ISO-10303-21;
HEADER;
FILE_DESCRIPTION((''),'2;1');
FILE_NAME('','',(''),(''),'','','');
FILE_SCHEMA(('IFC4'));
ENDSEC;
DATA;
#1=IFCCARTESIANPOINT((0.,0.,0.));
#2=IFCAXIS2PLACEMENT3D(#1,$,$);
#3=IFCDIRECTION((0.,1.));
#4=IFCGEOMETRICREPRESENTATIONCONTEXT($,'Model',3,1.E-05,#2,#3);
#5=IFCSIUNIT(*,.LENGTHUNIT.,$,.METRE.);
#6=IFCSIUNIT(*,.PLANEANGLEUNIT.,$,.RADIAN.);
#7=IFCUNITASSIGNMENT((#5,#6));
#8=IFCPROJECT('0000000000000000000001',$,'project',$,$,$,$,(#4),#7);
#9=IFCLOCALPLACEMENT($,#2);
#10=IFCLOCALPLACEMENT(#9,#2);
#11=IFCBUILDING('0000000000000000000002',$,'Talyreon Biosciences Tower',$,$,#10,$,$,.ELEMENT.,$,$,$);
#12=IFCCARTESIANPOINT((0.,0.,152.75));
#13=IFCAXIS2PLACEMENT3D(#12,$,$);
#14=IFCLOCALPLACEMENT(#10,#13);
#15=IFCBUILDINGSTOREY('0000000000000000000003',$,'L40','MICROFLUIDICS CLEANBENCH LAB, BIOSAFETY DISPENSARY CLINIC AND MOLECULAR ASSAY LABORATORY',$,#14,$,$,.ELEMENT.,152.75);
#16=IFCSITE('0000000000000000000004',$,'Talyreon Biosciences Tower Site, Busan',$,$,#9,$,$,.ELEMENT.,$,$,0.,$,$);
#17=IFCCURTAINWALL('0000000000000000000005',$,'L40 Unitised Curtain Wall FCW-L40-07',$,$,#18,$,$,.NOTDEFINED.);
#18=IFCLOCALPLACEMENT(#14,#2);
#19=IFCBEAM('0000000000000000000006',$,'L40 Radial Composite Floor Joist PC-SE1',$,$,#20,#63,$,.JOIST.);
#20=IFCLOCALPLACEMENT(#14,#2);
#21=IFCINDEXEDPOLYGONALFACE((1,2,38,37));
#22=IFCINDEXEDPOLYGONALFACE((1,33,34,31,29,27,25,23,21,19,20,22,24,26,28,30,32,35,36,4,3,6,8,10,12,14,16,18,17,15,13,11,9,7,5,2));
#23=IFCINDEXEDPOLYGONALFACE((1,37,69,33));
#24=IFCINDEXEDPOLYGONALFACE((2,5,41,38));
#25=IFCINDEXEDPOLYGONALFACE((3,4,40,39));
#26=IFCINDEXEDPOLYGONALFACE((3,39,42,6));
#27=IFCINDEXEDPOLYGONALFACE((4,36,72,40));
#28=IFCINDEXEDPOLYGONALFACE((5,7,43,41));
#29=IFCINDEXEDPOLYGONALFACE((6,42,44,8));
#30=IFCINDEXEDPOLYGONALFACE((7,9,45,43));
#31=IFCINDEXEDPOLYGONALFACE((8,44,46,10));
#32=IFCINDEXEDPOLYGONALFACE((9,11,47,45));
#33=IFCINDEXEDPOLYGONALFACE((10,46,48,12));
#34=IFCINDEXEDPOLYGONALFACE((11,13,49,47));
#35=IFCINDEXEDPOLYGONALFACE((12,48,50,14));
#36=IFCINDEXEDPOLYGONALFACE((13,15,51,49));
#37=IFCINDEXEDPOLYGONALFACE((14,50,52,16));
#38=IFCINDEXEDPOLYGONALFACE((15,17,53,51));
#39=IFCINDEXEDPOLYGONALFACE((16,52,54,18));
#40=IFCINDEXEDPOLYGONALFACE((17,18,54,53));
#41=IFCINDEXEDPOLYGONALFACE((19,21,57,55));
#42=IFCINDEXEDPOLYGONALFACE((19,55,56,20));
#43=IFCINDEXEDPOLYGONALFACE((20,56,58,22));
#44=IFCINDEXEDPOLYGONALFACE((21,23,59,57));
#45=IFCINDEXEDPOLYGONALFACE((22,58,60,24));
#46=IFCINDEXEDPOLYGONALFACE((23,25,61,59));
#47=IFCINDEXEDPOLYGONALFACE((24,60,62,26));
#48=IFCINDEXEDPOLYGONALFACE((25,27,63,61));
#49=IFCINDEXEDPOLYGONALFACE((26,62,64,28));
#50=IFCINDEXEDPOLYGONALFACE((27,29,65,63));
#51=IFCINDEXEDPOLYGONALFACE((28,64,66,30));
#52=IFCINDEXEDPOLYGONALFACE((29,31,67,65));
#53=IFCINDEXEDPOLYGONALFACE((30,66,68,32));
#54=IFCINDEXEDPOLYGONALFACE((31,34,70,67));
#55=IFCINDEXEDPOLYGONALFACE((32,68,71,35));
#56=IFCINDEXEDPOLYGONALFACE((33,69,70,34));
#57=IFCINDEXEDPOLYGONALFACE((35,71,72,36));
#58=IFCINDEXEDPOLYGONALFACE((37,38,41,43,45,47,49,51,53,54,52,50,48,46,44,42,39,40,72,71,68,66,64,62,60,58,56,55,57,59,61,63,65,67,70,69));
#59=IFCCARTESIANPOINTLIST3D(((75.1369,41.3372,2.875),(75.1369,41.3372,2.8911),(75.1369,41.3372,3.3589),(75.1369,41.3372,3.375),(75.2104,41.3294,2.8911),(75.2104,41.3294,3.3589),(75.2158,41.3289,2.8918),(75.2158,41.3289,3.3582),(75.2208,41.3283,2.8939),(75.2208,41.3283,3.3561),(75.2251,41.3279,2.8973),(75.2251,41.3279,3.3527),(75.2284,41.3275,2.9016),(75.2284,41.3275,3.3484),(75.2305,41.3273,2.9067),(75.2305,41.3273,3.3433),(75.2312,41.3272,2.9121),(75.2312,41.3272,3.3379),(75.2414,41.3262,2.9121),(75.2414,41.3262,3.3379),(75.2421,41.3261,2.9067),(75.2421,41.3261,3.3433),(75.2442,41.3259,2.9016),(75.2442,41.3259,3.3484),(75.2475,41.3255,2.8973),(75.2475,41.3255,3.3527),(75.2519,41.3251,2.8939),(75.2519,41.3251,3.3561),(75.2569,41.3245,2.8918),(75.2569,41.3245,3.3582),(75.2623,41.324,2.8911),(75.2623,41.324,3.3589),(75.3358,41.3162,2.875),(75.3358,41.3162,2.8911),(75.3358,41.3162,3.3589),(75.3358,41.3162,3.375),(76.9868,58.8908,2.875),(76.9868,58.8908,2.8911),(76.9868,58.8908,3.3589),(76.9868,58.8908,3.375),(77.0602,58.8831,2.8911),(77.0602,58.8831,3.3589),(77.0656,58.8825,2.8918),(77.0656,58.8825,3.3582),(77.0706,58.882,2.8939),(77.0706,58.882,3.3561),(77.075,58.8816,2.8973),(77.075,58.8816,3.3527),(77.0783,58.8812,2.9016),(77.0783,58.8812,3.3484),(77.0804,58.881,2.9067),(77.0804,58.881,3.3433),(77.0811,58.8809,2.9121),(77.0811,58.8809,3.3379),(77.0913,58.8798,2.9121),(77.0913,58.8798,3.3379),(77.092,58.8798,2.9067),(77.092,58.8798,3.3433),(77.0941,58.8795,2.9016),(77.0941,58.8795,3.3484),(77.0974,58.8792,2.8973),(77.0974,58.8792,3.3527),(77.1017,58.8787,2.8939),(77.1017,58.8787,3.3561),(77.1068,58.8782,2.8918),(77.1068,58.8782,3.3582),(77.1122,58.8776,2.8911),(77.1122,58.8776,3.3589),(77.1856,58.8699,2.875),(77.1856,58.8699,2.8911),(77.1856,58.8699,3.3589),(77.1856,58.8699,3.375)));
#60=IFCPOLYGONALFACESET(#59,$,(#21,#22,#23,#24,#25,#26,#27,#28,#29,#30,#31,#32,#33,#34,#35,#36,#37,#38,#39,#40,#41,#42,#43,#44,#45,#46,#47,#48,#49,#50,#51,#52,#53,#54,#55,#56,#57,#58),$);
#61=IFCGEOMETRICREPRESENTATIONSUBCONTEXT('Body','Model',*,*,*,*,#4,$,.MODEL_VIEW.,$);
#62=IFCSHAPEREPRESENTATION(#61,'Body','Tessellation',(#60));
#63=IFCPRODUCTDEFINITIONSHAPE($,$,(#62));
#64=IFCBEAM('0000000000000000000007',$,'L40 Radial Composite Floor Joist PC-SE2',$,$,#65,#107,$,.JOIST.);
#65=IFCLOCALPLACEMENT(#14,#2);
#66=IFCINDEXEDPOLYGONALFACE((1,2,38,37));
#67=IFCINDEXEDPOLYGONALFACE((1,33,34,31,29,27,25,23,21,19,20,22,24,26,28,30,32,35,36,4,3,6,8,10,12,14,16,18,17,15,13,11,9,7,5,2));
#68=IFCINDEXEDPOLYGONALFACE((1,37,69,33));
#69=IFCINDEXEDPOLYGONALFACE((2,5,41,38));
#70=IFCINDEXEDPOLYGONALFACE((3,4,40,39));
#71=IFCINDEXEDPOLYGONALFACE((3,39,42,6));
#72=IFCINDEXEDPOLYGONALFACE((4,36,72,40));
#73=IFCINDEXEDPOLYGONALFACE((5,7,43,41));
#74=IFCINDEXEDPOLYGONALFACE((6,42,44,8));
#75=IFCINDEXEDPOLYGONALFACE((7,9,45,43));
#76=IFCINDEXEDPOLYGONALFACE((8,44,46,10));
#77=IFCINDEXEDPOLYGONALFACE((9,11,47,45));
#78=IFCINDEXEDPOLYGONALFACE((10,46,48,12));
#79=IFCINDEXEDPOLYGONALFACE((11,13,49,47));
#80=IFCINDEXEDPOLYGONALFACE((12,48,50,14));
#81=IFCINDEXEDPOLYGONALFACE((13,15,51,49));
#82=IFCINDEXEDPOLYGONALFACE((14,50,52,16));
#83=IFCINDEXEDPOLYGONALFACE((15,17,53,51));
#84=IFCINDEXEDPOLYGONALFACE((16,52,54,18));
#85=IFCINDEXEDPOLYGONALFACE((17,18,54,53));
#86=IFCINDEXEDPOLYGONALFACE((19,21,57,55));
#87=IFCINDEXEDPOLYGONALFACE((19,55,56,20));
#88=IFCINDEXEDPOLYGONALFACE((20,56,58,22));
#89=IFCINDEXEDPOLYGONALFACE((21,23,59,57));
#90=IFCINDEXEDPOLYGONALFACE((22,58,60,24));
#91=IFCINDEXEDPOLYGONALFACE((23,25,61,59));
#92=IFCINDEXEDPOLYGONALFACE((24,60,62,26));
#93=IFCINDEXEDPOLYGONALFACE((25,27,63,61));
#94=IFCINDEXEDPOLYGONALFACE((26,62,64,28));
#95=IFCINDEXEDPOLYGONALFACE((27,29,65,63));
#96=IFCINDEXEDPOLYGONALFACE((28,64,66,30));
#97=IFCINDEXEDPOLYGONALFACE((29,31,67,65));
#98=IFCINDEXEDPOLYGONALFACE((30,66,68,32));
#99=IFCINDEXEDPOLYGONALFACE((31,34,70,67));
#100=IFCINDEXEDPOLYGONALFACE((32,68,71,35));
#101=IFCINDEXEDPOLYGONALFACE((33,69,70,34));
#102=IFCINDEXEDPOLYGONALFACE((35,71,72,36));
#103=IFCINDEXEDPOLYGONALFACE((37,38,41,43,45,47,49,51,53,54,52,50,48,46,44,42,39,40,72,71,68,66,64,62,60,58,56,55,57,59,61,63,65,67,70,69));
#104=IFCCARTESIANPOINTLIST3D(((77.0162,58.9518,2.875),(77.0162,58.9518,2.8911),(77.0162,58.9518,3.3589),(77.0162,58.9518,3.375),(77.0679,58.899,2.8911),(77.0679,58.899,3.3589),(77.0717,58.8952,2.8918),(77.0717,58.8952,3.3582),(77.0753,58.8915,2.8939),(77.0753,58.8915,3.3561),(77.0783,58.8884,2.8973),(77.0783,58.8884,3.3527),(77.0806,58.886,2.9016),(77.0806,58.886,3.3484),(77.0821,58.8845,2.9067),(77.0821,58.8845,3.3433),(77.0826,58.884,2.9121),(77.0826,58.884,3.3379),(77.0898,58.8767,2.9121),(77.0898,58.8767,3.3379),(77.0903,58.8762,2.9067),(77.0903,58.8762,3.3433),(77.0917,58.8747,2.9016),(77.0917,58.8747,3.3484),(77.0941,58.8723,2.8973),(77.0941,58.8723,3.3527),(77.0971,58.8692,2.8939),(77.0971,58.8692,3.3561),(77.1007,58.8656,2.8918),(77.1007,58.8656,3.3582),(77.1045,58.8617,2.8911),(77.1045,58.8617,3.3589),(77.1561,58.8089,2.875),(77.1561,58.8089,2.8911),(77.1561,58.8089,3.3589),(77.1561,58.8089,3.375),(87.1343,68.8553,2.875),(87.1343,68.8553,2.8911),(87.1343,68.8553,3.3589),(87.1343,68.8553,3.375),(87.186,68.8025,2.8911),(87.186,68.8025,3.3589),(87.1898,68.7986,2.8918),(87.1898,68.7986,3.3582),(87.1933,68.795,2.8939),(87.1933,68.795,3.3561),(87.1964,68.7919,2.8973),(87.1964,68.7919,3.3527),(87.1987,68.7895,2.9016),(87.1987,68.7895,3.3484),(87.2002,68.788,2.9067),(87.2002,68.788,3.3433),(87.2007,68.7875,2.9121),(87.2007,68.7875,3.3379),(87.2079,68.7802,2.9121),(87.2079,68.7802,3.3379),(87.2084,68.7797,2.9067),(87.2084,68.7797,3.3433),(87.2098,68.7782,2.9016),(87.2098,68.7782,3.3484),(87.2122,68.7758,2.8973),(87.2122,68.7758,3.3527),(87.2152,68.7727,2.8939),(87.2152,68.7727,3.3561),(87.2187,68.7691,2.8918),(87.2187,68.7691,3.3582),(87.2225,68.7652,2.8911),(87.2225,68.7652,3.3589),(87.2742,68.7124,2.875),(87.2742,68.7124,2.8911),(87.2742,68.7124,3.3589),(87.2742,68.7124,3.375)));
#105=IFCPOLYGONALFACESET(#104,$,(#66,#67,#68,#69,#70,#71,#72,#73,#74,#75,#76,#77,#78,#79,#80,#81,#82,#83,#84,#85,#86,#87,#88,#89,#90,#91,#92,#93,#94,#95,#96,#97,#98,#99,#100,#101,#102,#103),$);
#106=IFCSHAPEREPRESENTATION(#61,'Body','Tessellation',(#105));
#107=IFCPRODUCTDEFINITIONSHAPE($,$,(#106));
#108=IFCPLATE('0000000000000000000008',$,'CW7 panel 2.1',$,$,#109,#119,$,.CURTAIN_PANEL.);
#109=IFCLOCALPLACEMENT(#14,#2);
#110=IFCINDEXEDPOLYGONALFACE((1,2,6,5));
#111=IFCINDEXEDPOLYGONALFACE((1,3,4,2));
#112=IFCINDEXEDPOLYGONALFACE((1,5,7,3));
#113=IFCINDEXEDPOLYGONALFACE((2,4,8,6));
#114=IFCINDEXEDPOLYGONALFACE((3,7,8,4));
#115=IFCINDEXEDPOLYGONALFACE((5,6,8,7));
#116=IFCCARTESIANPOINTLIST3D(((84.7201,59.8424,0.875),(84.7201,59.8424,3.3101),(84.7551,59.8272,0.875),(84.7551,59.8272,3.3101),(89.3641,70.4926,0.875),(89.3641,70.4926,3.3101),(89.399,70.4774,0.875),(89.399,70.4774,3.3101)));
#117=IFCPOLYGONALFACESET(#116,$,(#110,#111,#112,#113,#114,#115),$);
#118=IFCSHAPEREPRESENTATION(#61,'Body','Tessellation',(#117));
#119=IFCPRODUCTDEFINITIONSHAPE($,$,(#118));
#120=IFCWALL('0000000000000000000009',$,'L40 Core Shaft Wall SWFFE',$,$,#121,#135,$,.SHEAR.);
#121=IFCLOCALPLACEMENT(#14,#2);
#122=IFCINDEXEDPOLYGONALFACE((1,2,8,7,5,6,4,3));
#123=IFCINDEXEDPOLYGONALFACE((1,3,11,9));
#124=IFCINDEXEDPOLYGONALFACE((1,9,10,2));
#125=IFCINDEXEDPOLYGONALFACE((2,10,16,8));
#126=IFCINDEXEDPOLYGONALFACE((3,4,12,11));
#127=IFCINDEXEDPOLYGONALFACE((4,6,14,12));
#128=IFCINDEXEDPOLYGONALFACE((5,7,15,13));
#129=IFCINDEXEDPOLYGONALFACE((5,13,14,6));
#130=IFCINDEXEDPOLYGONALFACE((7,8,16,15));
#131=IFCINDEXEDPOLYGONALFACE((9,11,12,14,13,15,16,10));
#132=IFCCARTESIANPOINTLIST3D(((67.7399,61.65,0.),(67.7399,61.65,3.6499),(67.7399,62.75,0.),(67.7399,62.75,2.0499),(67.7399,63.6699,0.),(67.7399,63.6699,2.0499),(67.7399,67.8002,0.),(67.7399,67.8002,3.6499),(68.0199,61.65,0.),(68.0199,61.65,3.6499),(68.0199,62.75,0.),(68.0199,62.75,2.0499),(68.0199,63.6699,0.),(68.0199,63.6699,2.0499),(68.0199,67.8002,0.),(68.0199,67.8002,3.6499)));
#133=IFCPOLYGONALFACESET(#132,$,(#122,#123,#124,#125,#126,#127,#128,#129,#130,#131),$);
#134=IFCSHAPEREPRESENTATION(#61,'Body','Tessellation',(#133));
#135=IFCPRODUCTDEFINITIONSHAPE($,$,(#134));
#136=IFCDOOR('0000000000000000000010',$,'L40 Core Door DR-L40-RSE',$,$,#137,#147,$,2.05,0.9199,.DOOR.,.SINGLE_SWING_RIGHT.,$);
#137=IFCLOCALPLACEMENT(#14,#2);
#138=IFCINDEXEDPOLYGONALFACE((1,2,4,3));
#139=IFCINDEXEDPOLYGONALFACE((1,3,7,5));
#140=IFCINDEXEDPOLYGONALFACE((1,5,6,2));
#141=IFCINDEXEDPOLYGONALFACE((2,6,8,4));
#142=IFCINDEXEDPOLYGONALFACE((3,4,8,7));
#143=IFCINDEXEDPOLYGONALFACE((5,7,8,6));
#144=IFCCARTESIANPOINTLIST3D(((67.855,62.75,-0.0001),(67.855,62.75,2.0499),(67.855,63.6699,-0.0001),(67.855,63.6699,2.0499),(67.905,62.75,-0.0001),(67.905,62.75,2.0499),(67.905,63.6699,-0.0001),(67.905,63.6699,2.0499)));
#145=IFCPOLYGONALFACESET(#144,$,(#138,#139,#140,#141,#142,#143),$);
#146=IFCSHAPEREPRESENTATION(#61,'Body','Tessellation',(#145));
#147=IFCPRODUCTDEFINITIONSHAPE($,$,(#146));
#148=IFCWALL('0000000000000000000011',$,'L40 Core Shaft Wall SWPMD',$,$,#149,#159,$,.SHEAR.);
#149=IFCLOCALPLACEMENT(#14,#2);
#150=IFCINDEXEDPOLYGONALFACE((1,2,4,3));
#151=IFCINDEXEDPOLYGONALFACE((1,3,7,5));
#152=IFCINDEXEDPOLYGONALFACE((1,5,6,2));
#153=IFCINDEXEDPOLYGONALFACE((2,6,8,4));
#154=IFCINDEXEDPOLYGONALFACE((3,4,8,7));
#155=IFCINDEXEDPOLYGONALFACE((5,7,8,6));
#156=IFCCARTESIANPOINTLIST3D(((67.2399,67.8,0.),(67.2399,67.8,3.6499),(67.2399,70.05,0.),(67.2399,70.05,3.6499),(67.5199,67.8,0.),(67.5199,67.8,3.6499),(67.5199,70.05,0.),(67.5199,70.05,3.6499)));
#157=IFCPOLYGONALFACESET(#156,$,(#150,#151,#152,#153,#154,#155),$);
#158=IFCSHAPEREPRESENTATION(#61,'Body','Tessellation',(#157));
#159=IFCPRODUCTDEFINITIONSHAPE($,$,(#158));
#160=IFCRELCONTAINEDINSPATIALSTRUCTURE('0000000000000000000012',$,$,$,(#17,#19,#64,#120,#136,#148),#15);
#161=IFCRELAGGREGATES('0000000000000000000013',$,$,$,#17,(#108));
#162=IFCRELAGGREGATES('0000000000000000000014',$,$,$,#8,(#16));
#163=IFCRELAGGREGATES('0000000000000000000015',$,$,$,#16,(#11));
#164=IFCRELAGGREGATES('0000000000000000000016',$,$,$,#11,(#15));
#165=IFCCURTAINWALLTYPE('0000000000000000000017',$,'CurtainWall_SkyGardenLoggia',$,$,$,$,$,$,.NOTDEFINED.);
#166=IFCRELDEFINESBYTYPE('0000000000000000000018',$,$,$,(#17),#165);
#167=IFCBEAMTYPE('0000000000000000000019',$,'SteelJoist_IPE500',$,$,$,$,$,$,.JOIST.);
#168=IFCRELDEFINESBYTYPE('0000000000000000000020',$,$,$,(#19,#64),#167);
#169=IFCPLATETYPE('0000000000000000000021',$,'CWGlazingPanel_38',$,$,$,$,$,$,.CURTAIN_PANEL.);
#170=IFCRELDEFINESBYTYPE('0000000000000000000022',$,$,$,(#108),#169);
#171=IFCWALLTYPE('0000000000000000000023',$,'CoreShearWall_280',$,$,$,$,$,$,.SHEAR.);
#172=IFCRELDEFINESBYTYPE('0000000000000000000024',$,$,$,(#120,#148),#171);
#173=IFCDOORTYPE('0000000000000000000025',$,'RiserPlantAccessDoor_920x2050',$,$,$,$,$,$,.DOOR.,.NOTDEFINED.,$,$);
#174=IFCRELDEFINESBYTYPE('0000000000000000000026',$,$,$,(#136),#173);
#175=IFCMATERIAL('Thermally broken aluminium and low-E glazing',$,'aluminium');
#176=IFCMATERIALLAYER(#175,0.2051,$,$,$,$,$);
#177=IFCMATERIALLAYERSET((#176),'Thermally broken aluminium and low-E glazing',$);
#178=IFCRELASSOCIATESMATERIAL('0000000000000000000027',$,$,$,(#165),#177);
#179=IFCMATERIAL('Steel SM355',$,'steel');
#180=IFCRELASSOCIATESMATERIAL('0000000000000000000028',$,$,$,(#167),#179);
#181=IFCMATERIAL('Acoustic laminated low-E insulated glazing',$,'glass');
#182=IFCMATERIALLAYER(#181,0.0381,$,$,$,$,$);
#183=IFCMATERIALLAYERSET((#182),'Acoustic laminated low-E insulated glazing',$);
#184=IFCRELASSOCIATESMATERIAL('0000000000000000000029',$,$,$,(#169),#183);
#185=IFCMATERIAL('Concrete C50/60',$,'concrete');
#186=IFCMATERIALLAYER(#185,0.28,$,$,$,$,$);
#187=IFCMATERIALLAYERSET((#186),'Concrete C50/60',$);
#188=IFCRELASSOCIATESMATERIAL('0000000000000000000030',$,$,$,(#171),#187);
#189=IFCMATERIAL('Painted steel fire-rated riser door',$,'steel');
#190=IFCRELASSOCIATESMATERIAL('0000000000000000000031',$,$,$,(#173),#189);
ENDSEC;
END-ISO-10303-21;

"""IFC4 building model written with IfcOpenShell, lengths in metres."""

from ifc_helpers import new_model, si_unit, direction, frame, frame_2d, origin, origin_2d, place, context, subcontext, project, spatial, rectangle, i_section, extrude, material, layer, layer_set, material_profile, profile_set, type_object, element, fill, aggregate, save


model = new_model("IFC4")

# Units and contexts
model_context = context("Model", 3, precision=1e-05, world=origin(), true_north=direction((0.0, 1.0)))
body_context = subcontext(model_context, "Body", "Model", "MODEL_VIEW")
ifc_project = project(units=[si_unit("LENGTHUNIT", "METRE"), si_unit("PLANEANGLEUNIT", "RADIAN")], contexts=[model_context])

# Site, building, storey
site_placement = place(None, origin())
site = spatial("IfcSite", under=ifc_project, at=site_placement, Name="Talyreon Biosciences Tower Site, Busan", CompositionType="ELEMENT", RefElevation=0.0)
building_placement = place(site_placement, origin())
building = spatial("IfcBuilding", under=site, at=building_placement, Name="Talyreon Biosciences Tower", CompositionType="ELEMENT")
storey_placement = place(building_placement, frame((0.0, 0.0, 152.75)))
storey = spatial("IfcBuildingStorey", under=building, at=storey_placement, Name="L40", Description="MICROFLUIDICS CLEANBENCH LAB, BIOSAFETY DISPENSARY CLINIC AND MOLECULAR ASSAY LABORATORY", CompositionType="ELEMENT", Elevation=152.75)

# Shared definitions
ifc_material_1 = material(Name="Concrete C50/60", Category="concrete")

# Curtain wall
ifc_material_2 = material(Name="Thermally broken aluminium and low-E glazing", Category="aluminium")
ifc_layer_1 = layer(ifc_material_2, 0.2051)
ifc_layer_set_1 = layer_set([ifc_layer_1], Name="Thermally broken aluminium and low-E glazing")
curtain_wall_type = type_object("IfcCurtainWallType", Name="CurtainWall_SkyGardenLoggia", PredefinedType="NOTDEFINED", material=ifc_layer_set_1)
curtain_wall_placement = place(storey_placement, origin())
curtain_wall = element("IfcCurtainWall", 1, at=curtain_wall_placement, inside=storey, type_object=curtain_wall_type, Name="L40 Unitised Curtain Wall FCW-L40-07", PredefinedType="NOTDEFINED")

# Beams
ifc_material_3 = material(Name="Steel SM355", Category="steel")
ifc_material_profile_1 = material_profile(ifc_material_3, i_section(OverallWidth=0.2, OverallDepth=0.5, WebThickness=0.0103, FlangeThickness=0.0161, FilletRadius=0.021, at=origin_2d()), Name="IPE500")
ifc_profile_set_1 = profile_set([ifc_material_profile_1], Name="Steel SM355")
beam_type_1 = type_object("IfcBeamType", Name="SteelJoist_IPE500", PredefinedType="JOIST", material=ifc_profile_set_1)
beam_1_placement = place(storey_placement, frame((77.0862, 58.8804, 3.125), z_axis=(-0.104802, -0.994493, 0.0), x_axis=(0.994493, -0.104802, 0.0)))
element("IfcBeam", 2, at=beam_1_placement, inside=storey, type_object=beam_type_1, Name="L40 Radial Composite Floor Joist PC-SE1", PredefinedType="JOIST", context=body_context, shape_type="SweptSolid", body=[
    extrude(i_section(OverallWidth=0.2, OverallDepth=0.5, WebThickness=0.0103, FlangeThickness=0.0161, FilletRadius=0.021, at=origin_2d()), origin(), (0.0, 0.0, 1.0), 17.6509),
])
beam_2_placement = place(storey_placement, frame((77.0862, 58.8804, 3.125), z_axis=(0.714645, 0.699488, 0.0), x_axis=(-0.699488, 0.714645, 0.0)))
element("IfcBeam", 3, at=beam_2_placement, inside=storey, type_object=beam_type_1, Name="L40 Radial Composite Floor Joist PC-SE2", PredefinedType="JOIST", context=body_context, shape_type="SweptSolid", body=[
    extrude(i_section(OverallWidth=0.2, OverallDepth=0.5, WebThickness=0.0103, FlangeThickness=0.0161, FilletRadius=0.021, at=origin_2d()), origin(), (0.0, 0.0, 1.0), 14.1582),
])

# Plate
ifc_material_4 = material(Name="Acoustic laminated low-E insulated glazing", Category="glass")
ifc_layer_2 = layer(ifc_material_4, 0.0381)
ifc_layer_set_2 = layer_set([ifc_layer_2], Name="Acoustic laminated low-E insulated glazing")
plate_type = type_object("IfcPlateType", Name="CWGlazingPanel_38", PredefinedType="CURTAIN_PANEL", material=ifc_layer_set_2)
plate_placement = place(storey_placement, frame((87.0596, 65.1599, 0.875), z_axis=(0.0, 0.0, 1.0), x_axis=(-0.399698, -0.916647, 0.0)))
plate = element("IfcPlate", 4, at=plate_placement, type_object=plate_type, Name="CW7 panel 2.1", PredefinedType="CURTAIN_PANEL", context=body_context, shape_type="SweptSolid", body=[
    extrude(rectangle(XDim=11.6187, YDim=0.0381, at=origin_2d()), origin(), (0.0, 0.0, 1.0), 2.4351),
])
aggregate(curtain_wall, [plate])

# Wall, opening, door
ifc_layer_3 = layer(ifc_material_1, 0.28)
ifc_layer_set_3 = layer_set([ifc_layer_3], Name="Concrete C50/60")
wall_type_1 = type_object("IfcWallType", Name="CoreShearWall_280", PredefinedType="SHEAR", material=ifc_layer_set_3)
wall_1_placement = place(storey_placement, frame((67.8799, 61.6499, 0.0), z_axis=(0.0, 0.0, 1.0), x_axis=(0.0, 1.0, 0.0)))
wall_1 = element("IfcWall", 5, at=wall_1_placement, inside=storey, type_object=wall_type_1, Name="L40 Core Shaft Wall SWFFE", PredefinedType="SHEAR", context=body_context, shape_type="SweptSolid", body=[
    extrude(rectangle(XDim=6.1501, YDim=0.28, at=frame_2d((3.0752, 0.0))), origin(), (0.0, 0.0, 1.0), 3.6499),
])
opening_1_placement = place(wall_1_placement, frame((1.1001, 0.0, 0.0)))
opening_1 = element("IfcOpeningElement", 6, at=opening_1_placement, cuts=wall_1, PredefinedType="OPENING", context=body_context, shape_type="SweptSolid", body=[
    extrude(rectangle(XDim=0.9199, YDim=2.05, at=frame_2d((0.46, 1.0249))), frame((0.0, 0.1499, 0.0), z_axis=(0.0, -1.0, 0.0), x_axis=(1.0, 0.0, 0.0)), (0.0, 0.0, 1.0), 0.3),
])
ifc_material_5 = material(Name="Painted steel fire-rated riser door", Category="steel")
door_type = type_object("IfcDoorType", Name="RiserPlantAccessDoor_920x2050", OperationType="NOTDEFINED", PredefinedType="DOOR", material=ifc_material_5)
door_1_placement = place(opening_1_placement, origin())
door_1 = element("IfcDoor", 7, at=door_1_placement, inside=storey, type_object=door_type, Name="L40 Core Door DR-L40-RSE", OperationType="SINGLE_SWING_RIGHT", OverallHeight=2.05, OverallWidth=0.9199, PredefinedType="DOOR", context=body_context, shape_type="SweptSolid", body=[
    extrude(rectangle(XDim=0.9199, YDim=2.05, at=frame_2d((0.46, 1.0249))), frame((0.0, 0.0249, 0.0), z_axis=(0.0, -1.0, 0.0), x_axis=(1.0, 0.0, 0.0)), (0.0, 0.0, 1.0), 0.05),
])
fill(opening_1, door_1)

# Wall
wall_2_placement = place(storey_placement, frame((67.3799, 67.8, 0.0), z_axis=(0.0, 0.0, 1.0), x_axis=(0.0, 1.0, 0.0)))
element("IfcWall", 8, at=wall_2_placement, inside=storey, type_object=wall_type_1, Name="L40 Core Shaft Wall SWPMD", PredefinedType="SHEAR", context=body_context, shape_type="SweptSolid", body=[
    extrude(rectangle(XDim=2.25, YDim=0.28, at=frame_2d((1.125, 0.0))), origin(), (0.0, 0.0, 1.0), 3.6499),
])

save(model, "model.ifc")
